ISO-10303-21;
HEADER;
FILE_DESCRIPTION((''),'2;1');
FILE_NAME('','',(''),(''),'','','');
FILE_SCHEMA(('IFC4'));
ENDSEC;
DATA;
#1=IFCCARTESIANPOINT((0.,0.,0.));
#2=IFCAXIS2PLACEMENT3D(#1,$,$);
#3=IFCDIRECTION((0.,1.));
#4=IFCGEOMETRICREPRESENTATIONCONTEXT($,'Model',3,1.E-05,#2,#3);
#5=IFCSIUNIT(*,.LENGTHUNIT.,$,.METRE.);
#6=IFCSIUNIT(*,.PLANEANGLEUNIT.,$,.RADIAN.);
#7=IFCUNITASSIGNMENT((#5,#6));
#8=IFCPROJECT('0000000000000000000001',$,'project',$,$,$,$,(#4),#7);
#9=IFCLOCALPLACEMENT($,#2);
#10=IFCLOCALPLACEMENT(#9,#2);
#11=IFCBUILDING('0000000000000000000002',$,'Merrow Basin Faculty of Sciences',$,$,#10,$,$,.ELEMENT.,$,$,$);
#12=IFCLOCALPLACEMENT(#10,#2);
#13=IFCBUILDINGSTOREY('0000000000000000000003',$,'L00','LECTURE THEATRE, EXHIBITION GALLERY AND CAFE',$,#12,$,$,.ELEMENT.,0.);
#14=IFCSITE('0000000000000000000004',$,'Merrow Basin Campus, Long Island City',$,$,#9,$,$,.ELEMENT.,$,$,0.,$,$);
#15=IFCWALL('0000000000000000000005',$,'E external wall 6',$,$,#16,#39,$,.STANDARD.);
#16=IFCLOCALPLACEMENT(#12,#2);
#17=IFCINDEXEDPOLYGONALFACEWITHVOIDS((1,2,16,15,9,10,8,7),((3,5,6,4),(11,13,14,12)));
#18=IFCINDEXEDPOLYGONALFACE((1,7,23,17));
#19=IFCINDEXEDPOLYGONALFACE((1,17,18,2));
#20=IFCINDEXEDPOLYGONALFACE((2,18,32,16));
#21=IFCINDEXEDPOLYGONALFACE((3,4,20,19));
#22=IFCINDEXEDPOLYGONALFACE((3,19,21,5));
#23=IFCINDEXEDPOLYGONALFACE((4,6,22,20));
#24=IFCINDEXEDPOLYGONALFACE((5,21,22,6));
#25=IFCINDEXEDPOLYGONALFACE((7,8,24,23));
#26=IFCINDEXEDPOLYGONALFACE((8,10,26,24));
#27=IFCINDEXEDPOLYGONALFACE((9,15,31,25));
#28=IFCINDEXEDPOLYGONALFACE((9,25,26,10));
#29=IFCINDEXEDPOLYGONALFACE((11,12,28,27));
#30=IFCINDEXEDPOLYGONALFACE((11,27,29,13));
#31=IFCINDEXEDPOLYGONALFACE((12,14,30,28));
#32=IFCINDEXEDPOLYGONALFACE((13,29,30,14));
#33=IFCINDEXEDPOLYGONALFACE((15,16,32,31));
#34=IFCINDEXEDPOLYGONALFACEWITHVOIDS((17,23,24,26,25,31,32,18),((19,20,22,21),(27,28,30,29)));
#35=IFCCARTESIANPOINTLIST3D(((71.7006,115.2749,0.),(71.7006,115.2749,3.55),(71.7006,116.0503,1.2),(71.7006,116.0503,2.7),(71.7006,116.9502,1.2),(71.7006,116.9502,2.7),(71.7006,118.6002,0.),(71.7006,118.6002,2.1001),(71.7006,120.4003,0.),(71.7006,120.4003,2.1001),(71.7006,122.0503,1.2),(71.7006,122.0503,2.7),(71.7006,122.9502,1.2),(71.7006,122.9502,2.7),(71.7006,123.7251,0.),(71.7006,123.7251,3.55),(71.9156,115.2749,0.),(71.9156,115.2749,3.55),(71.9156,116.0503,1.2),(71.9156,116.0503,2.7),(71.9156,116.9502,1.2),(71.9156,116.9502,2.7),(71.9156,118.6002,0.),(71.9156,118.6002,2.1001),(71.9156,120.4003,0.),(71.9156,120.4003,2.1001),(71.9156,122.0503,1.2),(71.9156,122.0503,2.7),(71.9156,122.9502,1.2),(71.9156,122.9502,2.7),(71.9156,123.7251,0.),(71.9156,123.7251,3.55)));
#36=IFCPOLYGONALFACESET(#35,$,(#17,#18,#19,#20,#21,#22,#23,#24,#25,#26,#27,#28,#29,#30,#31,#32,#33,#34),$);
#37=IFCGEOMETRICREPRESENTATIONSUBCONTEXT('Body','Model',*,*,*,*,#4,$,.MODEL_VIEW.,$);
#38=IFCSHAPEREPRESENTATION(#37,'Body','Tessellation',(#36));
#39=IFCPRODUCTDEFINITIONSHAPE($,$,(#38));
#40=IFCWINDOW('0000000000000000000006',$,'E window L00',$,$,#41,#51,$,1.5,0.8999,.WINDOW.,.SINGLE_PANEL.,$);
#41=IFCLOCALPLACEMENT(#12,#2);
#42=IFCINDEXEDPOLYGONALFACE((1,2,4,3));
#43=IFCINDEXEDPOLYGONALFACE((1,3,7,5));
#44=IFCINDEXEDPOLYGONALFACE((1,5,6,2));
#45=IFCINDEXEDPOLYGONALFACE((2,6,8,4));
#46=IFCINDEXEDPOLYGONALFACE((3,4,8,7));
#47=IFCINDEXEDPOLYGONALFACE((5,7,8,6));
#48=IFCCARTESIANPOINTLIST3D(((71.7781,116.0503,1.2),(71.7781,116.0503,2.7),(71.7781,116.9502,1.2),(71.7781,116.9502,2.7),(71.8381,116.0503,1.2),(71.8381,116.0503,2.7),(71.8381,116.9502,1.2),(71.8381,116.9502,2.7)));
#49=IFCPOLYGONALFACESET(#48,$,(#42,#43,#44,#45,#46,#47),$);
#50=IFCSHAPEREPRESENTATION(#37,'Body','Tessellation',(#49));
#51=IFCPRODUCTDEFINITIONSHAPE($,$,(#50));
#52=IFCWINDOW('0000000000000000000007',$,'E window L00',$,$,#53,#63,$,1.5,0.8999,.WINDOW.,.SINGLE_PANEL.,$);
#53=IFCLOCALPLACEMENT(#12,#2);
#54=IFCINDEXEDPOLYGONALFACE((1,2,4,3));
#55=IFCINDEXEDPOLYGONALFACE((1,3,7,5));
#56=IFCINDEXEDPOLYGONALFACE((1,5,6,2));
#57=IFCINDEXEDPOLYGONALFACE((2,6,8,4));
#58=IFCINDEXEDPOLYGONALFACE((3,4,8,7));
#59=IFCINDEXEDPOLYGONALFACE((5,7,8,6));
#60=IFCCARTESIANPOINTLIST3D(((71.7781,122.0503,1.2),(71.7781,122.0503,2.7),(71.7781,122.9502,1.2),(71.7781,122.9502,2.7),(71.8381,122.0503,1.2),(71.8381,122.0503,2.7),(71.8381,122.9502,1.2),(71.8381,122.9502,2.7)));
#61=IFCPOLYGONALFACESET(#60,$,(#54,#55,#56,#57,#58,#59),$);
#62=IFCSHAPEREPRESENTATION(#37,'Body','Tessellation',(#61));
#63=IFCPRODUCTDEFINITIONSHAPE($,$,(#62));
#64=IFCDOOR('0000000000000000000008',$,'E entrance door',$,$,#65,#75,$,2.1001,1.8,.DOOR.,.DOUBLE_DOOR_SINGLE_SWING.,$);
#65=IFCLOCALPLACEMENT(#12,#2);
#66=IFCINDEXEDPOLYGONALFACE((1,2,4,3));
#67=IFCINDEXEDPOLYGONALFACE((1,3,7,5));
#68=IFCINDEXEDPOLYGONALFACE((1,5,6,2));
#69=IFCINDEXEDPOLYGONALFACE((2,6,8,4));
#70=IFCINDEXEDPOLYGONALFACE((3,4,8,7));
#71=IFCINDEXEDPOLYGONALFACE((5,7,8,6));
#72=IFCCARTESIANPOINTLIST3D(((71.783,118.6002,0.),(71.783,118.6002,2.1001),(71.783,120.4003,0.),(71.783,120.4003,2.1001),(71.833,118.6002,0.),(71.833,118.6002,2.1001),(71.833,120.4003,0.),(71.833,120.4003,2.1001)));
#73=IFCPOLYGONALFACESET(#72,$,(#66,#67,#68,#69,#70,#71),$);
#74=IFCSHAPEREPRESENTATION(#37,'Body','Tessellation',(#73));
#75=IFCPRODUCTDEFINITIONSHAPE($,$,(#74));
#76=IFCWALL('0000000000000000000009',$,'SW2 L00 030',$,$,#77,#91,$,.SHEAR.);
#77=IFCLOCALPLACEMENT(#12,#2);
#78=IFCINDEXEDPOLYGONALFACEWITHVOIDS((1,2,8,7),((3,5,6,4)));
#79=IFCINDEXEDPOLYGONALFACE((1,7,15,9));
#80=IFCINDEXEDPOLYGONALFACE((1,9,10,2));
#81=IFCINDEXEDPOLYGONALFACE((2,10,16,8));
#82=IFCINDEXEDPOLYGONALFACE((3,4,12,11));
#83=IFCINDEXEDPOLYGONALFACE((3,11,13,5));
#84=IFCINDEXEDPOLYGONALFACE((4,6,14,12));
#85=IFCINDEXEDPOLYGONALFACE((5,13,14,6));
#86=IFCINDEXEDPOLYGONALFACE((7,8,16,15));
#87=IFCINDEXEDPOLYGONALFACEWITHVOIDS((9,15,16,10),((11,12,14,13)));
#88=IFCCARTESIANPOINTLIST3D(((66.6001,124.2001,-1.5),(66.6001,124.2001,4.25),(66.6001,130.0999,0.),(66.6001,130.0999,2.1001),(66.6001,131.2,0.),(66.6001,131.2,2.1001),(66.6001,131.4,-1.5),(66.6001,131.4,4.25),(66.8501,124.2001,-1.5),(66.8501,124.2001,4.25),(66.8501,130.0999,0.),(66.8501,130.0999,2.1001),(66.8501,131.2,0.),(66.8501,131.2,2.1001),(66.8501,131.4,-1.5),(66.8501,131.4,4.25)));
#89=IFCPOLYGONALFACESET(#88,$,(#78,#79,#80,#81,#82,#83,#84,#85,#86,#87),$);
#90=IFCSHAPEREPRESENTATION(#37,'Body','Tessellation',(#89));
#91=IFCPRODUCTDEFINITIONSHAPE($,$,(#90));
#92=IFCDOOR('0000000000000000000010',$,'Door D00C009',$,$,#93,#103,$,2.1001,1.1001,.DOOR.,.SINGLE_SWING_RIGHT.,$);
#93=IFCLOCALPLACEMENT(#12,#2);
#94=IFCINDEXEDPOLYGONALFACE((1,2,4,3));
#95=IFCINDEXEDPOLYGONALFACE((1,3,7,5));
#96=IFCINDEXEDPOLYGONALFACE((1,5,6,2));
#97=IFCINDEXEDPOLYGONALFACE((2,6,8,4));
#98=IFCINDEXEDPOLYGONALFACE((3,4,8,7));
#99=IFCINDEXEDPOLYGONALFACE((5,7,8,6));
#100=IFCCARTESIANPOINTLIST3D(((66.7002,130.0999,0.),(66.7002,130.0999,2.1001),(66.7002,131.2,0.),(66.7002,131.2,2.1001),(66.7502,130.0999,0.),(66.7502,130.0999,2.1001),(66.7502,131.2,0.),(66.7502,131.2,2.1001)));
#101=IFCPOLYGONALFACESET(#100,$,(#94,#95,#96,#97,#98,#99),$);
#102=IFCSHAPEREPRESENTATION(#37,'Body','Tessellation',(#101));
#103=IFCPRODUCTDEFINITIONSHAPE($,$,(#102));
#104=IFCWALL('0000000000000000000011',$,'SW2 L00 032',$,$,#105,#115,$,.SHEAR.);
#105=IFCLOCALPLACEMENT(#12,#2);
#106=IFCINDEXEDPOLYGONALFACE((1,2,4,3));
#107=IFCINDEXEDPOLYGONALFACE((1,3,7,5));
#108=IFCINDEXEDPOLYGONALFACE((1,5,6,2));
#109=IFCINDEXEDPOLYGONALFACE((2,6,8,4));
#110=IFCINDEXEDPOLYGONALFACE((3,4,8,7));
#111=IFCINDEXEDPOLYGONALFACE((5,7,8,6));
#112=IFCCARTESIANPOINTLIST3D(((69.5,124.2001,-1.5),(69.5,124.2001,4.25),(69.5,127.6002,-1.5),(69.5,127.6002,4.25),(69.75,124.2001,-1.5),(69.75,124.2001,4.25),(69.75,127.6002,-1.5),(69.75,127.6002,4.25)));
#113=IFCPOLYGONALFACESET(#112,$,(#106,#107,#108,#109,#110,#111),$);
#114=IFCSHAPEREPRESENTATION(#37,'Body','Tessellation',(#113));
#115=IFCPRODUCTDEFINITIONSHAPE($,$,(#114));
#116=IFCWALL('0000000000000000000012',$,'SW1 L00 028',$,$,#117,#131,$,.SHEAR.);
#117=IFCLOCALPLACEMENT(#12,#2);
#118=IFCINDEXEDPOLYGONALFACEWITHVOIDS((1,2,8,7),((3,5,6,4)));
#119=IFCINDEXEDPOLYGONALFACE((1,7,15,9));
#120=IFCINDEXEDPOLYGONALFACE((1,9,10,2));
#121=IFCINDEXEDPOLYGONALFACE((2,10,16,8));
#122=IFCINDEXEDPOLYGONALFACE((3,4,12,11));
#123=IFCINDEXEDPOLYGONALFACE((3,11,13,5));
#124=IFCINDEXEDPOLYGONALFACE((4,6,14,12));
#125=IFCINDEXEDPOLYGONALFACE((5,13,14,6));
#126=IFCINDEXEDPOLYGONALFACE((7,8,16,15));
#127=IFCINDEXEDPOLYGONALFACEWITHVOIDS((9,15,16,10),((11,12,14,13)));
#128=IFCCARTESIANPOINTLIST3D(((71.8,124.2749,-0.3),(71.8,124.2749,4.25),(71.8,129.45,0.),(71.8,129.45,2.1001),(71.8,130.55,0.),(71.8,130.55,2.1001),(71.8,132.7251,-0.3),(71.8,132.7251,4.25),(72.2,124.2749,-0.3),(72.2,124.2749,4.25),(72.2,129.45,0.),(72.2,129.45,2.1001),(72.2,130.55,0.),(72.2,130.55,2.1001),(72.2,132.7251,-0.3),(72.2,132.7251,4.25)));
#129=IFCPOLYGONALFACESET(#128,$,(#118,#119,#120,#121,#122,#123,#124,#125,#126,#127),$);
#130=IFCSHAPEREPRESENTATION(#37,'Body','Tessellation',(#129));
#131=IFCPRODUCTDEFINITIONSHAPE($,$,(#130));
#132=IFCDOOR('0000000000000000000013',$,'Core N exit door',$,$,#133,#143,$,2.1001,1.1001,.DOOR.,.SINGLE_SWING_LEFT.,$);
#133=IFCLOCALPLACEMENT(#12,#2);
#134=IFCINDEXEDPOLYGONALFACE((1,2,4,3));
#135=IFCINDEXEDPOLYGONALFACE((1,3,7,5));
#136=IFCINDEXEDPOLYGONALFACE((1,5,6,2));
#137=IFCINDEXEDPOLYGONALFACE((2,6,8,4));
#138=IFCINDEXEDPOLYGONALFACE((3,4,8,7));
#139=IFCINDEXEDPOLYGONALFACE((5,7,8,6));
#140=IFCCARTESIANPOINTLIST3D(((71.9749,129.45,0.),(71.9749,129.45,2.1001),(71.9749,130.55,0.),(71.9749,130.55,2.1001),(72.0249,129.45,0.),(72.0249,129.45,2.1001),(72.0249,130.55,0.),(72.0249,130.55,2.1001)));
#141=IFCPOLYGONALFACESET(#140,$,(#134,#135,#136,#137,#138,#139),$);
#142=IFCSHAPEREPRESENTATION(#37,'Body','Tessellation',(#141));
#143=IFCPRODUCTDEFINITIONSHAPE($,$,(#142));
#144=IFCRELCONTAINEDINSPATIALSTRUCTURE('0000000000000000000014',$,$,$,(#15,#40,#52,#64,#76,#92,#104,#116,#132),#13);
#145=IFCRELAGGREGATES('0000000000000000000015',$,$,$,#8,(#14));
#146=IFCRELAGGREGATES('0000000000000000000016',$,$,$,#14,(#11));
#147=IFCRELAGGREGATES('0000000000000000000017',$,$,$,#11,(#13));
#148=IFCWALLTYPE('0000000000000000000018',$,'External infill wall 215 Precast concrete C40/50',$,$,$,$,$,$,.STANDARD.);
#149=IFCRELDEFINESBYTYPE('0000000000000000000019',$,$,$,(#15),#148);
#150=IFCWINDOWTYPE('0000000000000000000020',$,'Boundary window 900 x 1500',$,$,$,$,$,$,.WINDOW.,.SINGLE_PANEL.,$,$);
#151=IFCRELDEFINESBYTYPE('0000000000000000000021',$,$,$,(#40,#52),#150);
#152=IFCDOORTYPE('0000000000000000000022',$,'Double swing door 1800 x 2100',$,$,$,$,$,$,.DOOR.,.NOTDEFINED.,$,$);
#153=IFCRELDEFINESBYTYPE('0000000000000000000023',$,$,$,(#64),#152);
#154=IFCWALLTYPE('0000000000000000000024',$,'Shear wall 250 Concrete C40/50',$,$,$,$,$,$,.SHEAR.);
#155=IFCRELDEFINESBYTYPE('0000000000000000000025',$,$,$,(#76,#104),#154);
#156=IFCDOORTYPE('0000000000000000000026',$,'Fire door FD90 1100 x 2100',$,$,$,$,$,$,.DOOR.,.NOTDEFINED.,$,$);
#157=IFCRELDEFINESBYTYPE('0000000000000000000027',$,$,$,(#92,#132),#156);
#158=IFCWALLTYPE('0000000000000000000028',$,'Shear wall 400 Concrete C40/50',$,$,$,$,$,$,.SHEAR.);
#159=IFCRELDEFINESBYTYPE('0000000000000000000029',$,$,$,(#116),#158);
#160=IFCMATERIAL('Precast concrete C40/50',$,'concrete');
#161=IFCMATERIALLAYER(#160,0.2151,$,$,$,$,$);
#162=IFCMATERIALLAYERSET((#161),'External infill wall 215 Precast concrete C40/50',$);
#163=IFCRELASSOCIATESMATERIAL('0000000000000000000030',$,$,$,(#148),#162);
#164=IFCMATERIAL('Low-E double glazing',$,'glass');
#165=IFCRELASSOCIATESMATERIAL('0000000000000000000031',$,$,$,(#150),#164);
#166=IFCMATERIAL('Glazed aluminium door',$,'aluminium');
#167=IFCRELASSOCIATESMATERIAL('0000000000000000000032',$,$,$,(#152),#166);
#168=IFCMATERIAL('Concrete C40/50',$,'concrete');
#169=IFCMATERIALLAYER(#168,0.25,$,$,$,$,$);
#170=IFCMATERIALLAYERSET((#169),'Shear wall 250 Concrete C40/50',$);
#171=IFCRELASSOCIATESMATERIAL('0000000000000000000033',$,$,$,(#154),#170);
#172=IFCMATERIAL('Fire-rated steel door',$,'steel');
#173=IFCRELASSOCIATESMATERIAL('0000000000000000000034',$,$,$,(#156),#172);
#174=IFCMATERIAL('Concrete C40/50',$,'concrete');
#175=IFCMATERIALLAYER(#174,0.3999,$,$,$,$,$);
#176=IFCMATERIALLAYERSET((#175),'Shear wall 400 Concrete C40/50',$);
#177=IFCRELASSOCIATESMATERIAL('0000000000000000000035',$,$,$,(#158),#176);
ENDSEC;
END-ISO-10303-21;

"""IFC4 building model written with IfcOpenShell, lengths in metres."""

from ifc_helpers import new_model, si_unit, direction, frame, frame_2d, origin, place, context, subcontext, project, spatial, rectangle, extrude, material, layer, layer_set, type_object, element, fill, save


model = new_model("IFC4")

# Units and contexts
model_context = context("Model", 3, precision=1e-05, world=origin(), true_north=direction((0.0, 1.0)))
body_context = subcontext(model_context, "Body", "Model", "MODEL_VIEW")
ifc_project = project(units=[si_unit("LENGTHUNIT", "METRE"), si_unit("PLANEANGLEUNIT", "RADIAN")], contexts=[model_context])

# Site, building, storey
site_placement = place(None, origin())
site = spatial("IfcSite", under=ifc_project, at=site_placement, Name="Merrow Basin Campus, Long Island City", CompositionType="ELEMENT", RefElevation=0.0)
building_placement = place(site_placement, origin())
building = spatial("IfcBuilding", under=site, at=building_placement, Name="Merrow Basin Faculty of Sciences", CompositionType="ELEMENT")
storey_placement = place(building_placement, origin())
storey = spatial("IfcBuildingStorey", under=building, at=storey_placement, Name="L00", Description="LECTURE THEATRE, EXHIBITION GALLERY AND CAFE", CompositionType="ELEMENT", Elevation=0.0)

# Wall, openings, windows, door
ifc_material_1 = material(Name="Precast concrete C40/50", Category="concrete")
ifc_layer_1 = layer(ifc_material_1, 0.2151)
ifc_layer_set_1 = layer_set([ifc_layer_1], Name="External infill wall 215 Precast concrete C40/50")
wall_type_1 = type_object("IfcWallType", Name="External infill wall 215 Precast concrete C40/50", PredefinedType="STANDARD", material=ifc_layer_set_1)
wall_1_placement = place(storey_placement, frame((71.8081, 123.7251, 0.0), z_axis=(0.0, 0.0, 1.0), x_axis=(0.0, -1.0, 0.0)))
wall_1 = element("IfcWall", 1, at=wall_1_placement, inside=storey, type_object=wall_type_1, Name="E external wall 6", PredefinedType="STANDARD", context=body_context, shape_type="SweptSolid", body=[
    extrude(rectangle(XDim=8.4502, YDim=0.2151, at=frame_2d((4.2251, 0.0))), origin(), (0.0, 0.0, 1.0), 3.55),
])
opening_1_placement = place(wall_1_placement, frame((6.7749, 0.0, 1.2)))
opening_1 = element("IfcOpeningElement", 2, at=opening_1_placement, cuts=wall_1, PredefinedType="OPENING", context=body_context, shape_type="SweptSolid", body=[
    extrude(rectangle(XDim=0.8999, YDim=1.5, at=frame_2d((0.45, 0.75))), frame((0.0, 0.1174, 0.0), z_axis=(0.0, -1.0, 0.0), x_axis=(1.0, 0.0, 0.0)), (0.0, 0.0, 1.0), 0.2351),
])
opening_2_placement = place(wall_1_placement, frame((3.325, 0.0, 0.0)))
opening_2 = element("IfcOpeningElement", 3, at=opening_2_placement, cuts=wall_1, PredefinedType="OPENING", context=body_context, shape_type="SweptSolid", body=[
    extrude(rectangle(XDim=1.8, YDim=2.1001, at=frame_2d((0.8999, 1.05))), frame((0.0, 0.1174, 0.0), z_axis=(0.0, -1.0, 0.0), x_axis=(1.0, 0.0, 0.0)), (0.0, 0.0, 1.0), 0.2351),
])
opening_3_placement = place(wall_1_placement, frame((0.7749, 0.0, 1.2)))
opening_3 = element("IfcOpeningElement", 4, at=opening_3_placement, cuts=wall_1, PredefinedType="OPENING", context=body_context, shape_type="SweptSolid", body=[
    extrude(rectangle(XDim=0.8999, YDim=1.5, at=frame_2d((0.45, 0.75))), frame((0.0, 0.1174, 0.0), z_axis=(0.0, -1.0, 0.0), x_axis=(1.0, 0.0, 0.0)), (0.0, 0.0, 1.0), 0.2351),
])
ifc_material_2 = material(Name="Low-E double glazing", Category="glass")
window_type = type_object("IfcWindowType", Name="Boundary window 900 x 1500", PartitioningType="SINGLE_PANEL", PredefinedType="WINDOW", material=ifc_material_2)
window_1_placement = place(opening_1_placement, origin())
window_1 = element("IfcWindow", 5, at=window_1_placement, inside=storey, type_object=window_type, Name="E window L00", OverallHeight=1.5, OverallWidth=0.8999, PartitioningType="SINGLE_PANEL", PredefinedType="WINDOW", context=body_context, shape_type="SweptSolid", body=[
    extrude(rectangle(XDim=0.8999, YDim=1.5, at=frame_2d((0.45, 0.75))), frame((0.0, 0.03, 0.0), z_axis=(0.0, -1.0, 0.0), x_axis=(1.0, 0.0, 0.0)), (0.0, 0.0, 1.0), 0.0601),
])
fill(opening_1, window_1)
window_2_placement = place(opening_3_placement, origin())
window_2 = element("IfcWindow", 6, at=window_2_placement, inside=storey, type_object=window_type, Name="E window L00", OverallHeight=1.5, OverallWidth=0.8999, PartitioningType="SINGLE_PANEL", PredefinedType="WINDOW", context=body_context, shape_type="SweptSolid", body=[
    extrude(rectangle(XDim=0.8999, YDim=1.5, at=frame_2d((0.45, 0.75))), frame((0.0, 0.03, 0.0), z_axis=(0.0, -1.0, 0.0), x_axis=(1.0, 0.0, 0.0)), (0.0, 0.0, 1.0), 0.0601),
])
fill(opening_3, window_2)
ifc_material_3 = material(Name="Glazed aluminium door", Category="aluminium")
door_type_1 = type_object("IfcDoorType", Name="Double swing door 1800 x 2100", OperationType="NOTDEFINED", PredefinedType="DOOR", material=ifc_material_3)
door_1_placement = place(opening_2_placement, origin())
door_1 = element("IfcDoor", 7, at=door_1_placement, inside=storey, type_object=door_type_1, Name="E entrance door", OperationType="DOUBLE_DOOR_SINGLE_SWING", OverallHeight=2.1001, OverallWidth=1.8, PredefinedType="DOOR", context=body_context, shape_type="SweptSolid", body=[
    extrude(rectangle(XDim=1.8, YDim=2.1001, at=frame_2d((0.8999, 1.05))), frame((0.0, 0.0249, 0.0), z_axis=(0.0, -1.0, 0.0), x_axis=(1.0, 0.0, 0.0)), (0.0, 0.0, 1.0), 0.05),
])
fill(opening_2, door_1)

# Wall, opening, door
ifc_material_4 = material(Name="Concrete C40/50", Category="concrete")
ifc_layer_2 = layer(ifc_material_4, 0.25)
ifc_layer_set_2 = layer_set([ifc_layer_2], Name="Shear wall 250 Concrete C40/50")
wall_type_2 = type_object("IfcWallType", Name="Shear wall 250 Concrete C40/50", PredefinedType="SHEAR", material=ifc_layer_set_2)
wall_2_placement = place(storey_placement, frame((66.7251, 124.2, -1.5), z_axis=(0.0, 0.0, 1.0), x_axis=(0.0, 1.0, 0.0)))
wall_2 = element("IfcWall", 8, at=wall_2_placement, inside=storey, type_object=wall_type_2, Name="SW2 L00 030", PredefinedType="SHEAR", context=body_context, shape_type="SweptSolid", body=[
    extrude(rectangle(XDim=7.2, YDim=0.25, at=frame_2d((3.6001, 0.0))), origin(), (0.0, 0.0, 1.0), 5.75),
])
opening_4_placement = place(wall_2_placement, frame((5.8999, 0.0, 1.5)))
opening_4 = element("IfcOpeningElement", 9, at=opening_4_placement, cuts=wall_2, PredefinedType="OPENING", context=body_context, shape_type="SweptSolid", body=[
    extrude(rectangle(XDim=1.1001, YDim=2.1001, at=frame_2d((0.55, 1.05))), frame((0.0, 0.135, 0.0), z_axis=(0.0, -1.0, 0.0), x_axis=(1.0, 0.0, 0.0)), (0.0, 0.0, 1.0), 0.27),
])
ifc_material_5 = material(Name="Fire-rated steel door", Category="steel")
door_type_2 = type_object("IfcDoorType", Name="Fire door FD90 1100 x 2100", OperationType="NOTDEFINED", PredefinedType="DOOR", material=ifc_material_5)
door_2_placement = place(opening_4_placement, origin())
door_2 = element("IfcDoor", 10, at=door_2_placement, inside=storey, type_object=door_type_2, Name="Door D00C009", OperationType="SINGLE_SWING_RIGHT", OverallHeight=2.1001, OverallWidth=1.1001, PredefinedType="DOOR", context=body_context, shape_type="SweptSolid", body=[
    extrude(rectangle(XDim=1.1001, YDim=2.1001, at=frame_2d((0.55, 1.05))), frame((0.0, 0.0249, 0.0), z_axis=(0.0, -1.0, 0.0), x_axis=(1.0, 0.0, 0.0)), (0.0, 0.0, 1.0), 0.05),
])
fill(opening_4, door_2)

# Wall
wall_3_placement = place(storey_placement, frame((69.625, 124.2, -1.5), z_axis=(0.0, 0.0, 1.0), x_axis=(0.0, 1.0, 0.0)))
element("IfcWall", 11, at=wall_3_placement, inside=storey, type_object=wall_type_2, Name="SW2 L00 032", PredefinedType="SHEAR", context=body_context, shape_type="SweptSolid", body=[
    extrude(rectangle(XDim=3.4001, YDim=0.25, at=frame_2d((1.7002, 0.0))), origin(), (0.0, 0.0, 1.0), 5.75),
])

# Wall, opening, door
ifc_material_6 = material(Name="Concrete C40/50", Category="concrete")
ifc_layer_3 = layer(ifc_material_6, 0.3999)
ifc_layer_set_3 = layer_set([ifc_layer_3], Name="Shear wall 400 Concrete C40/50")
wall_type_3 = type_object("IfcWallType", Name="Shear wall 400 Concrete C40/50", PredefinedType="SHEAR", material=ifc_layer_set_3)
wall_4_placement = place(storey_placement, frame((72.0, 124.2749, -0.3), z_axis=(0.0, 0.0, 1.0), x_axis=(0.0, 1.0, 0.0)))
wall_4 = element("IfcWall", 12, at=wall_4_placement, inside=storey, type_object=wall_type_3, Name="SW1 L00 028", PredefinedType="SHEAR", context=body_context, shape_type="SweptSolid", body=[
    extrude(rectangle(XDim=8.4502, YDim=0.3999, at=frame_2d((4.2251, 0.0))), origin(), (0.0, 0.0, 1.0), 4.55),
])
opening_5_placement = place(wall_4_placement, frame((5.175, 0.0, 0.3)))
opening_5 = element("IfcOpeningElement", 13, at=opening_5_placement, cuts=wall_4, PredefinedType="OPENING", context=body_context, shape_type="SweptSolid", body=[
    extrude(rectangle(XDim=1.1001, YDim=2.1001, at=frame_2d((0.55, 1.05))), frame((0.0, 0.21, 0.0), z_axis=(0.0, -1.0, 0.0), x_axis=(1.0, 0.0, 0.0)), (0.0, 0.0, 1.0), 0.4199),
])
door_3_placement = place(opening_5_placement, frame((1.1001, 0.0, 0.0), z_axis=(0.0, 0.0, 1.0), x_axis=(-1.0, 0.0, 0.0)))
door_3 = element("IfcDoor", 14, at=door_3_placement, inside=storey, type_object=door_type_2, Name="Core N exit door", OperationType="SINGLE_SWING_LEFT", OverallHeight=2.1001, OverallWidth=1.1001, PredefinedType="DOOR", context=body_context, shape_type="SweptSolid", body=[
    extrude(rectangle(XDim=1.1001, YDim=2.1001, at=frame_2d((0.55, 1.05))), frame((0.0, 0.0249, 0.0), z_axis=(0.0, -1.0, 0.0), x_axis=(1.0, 0.0, 0.0)), (0.0, 0.0, 1.0), 0.05),
])
fill(opening_5, door_3)

save(model, "model.ifc")
